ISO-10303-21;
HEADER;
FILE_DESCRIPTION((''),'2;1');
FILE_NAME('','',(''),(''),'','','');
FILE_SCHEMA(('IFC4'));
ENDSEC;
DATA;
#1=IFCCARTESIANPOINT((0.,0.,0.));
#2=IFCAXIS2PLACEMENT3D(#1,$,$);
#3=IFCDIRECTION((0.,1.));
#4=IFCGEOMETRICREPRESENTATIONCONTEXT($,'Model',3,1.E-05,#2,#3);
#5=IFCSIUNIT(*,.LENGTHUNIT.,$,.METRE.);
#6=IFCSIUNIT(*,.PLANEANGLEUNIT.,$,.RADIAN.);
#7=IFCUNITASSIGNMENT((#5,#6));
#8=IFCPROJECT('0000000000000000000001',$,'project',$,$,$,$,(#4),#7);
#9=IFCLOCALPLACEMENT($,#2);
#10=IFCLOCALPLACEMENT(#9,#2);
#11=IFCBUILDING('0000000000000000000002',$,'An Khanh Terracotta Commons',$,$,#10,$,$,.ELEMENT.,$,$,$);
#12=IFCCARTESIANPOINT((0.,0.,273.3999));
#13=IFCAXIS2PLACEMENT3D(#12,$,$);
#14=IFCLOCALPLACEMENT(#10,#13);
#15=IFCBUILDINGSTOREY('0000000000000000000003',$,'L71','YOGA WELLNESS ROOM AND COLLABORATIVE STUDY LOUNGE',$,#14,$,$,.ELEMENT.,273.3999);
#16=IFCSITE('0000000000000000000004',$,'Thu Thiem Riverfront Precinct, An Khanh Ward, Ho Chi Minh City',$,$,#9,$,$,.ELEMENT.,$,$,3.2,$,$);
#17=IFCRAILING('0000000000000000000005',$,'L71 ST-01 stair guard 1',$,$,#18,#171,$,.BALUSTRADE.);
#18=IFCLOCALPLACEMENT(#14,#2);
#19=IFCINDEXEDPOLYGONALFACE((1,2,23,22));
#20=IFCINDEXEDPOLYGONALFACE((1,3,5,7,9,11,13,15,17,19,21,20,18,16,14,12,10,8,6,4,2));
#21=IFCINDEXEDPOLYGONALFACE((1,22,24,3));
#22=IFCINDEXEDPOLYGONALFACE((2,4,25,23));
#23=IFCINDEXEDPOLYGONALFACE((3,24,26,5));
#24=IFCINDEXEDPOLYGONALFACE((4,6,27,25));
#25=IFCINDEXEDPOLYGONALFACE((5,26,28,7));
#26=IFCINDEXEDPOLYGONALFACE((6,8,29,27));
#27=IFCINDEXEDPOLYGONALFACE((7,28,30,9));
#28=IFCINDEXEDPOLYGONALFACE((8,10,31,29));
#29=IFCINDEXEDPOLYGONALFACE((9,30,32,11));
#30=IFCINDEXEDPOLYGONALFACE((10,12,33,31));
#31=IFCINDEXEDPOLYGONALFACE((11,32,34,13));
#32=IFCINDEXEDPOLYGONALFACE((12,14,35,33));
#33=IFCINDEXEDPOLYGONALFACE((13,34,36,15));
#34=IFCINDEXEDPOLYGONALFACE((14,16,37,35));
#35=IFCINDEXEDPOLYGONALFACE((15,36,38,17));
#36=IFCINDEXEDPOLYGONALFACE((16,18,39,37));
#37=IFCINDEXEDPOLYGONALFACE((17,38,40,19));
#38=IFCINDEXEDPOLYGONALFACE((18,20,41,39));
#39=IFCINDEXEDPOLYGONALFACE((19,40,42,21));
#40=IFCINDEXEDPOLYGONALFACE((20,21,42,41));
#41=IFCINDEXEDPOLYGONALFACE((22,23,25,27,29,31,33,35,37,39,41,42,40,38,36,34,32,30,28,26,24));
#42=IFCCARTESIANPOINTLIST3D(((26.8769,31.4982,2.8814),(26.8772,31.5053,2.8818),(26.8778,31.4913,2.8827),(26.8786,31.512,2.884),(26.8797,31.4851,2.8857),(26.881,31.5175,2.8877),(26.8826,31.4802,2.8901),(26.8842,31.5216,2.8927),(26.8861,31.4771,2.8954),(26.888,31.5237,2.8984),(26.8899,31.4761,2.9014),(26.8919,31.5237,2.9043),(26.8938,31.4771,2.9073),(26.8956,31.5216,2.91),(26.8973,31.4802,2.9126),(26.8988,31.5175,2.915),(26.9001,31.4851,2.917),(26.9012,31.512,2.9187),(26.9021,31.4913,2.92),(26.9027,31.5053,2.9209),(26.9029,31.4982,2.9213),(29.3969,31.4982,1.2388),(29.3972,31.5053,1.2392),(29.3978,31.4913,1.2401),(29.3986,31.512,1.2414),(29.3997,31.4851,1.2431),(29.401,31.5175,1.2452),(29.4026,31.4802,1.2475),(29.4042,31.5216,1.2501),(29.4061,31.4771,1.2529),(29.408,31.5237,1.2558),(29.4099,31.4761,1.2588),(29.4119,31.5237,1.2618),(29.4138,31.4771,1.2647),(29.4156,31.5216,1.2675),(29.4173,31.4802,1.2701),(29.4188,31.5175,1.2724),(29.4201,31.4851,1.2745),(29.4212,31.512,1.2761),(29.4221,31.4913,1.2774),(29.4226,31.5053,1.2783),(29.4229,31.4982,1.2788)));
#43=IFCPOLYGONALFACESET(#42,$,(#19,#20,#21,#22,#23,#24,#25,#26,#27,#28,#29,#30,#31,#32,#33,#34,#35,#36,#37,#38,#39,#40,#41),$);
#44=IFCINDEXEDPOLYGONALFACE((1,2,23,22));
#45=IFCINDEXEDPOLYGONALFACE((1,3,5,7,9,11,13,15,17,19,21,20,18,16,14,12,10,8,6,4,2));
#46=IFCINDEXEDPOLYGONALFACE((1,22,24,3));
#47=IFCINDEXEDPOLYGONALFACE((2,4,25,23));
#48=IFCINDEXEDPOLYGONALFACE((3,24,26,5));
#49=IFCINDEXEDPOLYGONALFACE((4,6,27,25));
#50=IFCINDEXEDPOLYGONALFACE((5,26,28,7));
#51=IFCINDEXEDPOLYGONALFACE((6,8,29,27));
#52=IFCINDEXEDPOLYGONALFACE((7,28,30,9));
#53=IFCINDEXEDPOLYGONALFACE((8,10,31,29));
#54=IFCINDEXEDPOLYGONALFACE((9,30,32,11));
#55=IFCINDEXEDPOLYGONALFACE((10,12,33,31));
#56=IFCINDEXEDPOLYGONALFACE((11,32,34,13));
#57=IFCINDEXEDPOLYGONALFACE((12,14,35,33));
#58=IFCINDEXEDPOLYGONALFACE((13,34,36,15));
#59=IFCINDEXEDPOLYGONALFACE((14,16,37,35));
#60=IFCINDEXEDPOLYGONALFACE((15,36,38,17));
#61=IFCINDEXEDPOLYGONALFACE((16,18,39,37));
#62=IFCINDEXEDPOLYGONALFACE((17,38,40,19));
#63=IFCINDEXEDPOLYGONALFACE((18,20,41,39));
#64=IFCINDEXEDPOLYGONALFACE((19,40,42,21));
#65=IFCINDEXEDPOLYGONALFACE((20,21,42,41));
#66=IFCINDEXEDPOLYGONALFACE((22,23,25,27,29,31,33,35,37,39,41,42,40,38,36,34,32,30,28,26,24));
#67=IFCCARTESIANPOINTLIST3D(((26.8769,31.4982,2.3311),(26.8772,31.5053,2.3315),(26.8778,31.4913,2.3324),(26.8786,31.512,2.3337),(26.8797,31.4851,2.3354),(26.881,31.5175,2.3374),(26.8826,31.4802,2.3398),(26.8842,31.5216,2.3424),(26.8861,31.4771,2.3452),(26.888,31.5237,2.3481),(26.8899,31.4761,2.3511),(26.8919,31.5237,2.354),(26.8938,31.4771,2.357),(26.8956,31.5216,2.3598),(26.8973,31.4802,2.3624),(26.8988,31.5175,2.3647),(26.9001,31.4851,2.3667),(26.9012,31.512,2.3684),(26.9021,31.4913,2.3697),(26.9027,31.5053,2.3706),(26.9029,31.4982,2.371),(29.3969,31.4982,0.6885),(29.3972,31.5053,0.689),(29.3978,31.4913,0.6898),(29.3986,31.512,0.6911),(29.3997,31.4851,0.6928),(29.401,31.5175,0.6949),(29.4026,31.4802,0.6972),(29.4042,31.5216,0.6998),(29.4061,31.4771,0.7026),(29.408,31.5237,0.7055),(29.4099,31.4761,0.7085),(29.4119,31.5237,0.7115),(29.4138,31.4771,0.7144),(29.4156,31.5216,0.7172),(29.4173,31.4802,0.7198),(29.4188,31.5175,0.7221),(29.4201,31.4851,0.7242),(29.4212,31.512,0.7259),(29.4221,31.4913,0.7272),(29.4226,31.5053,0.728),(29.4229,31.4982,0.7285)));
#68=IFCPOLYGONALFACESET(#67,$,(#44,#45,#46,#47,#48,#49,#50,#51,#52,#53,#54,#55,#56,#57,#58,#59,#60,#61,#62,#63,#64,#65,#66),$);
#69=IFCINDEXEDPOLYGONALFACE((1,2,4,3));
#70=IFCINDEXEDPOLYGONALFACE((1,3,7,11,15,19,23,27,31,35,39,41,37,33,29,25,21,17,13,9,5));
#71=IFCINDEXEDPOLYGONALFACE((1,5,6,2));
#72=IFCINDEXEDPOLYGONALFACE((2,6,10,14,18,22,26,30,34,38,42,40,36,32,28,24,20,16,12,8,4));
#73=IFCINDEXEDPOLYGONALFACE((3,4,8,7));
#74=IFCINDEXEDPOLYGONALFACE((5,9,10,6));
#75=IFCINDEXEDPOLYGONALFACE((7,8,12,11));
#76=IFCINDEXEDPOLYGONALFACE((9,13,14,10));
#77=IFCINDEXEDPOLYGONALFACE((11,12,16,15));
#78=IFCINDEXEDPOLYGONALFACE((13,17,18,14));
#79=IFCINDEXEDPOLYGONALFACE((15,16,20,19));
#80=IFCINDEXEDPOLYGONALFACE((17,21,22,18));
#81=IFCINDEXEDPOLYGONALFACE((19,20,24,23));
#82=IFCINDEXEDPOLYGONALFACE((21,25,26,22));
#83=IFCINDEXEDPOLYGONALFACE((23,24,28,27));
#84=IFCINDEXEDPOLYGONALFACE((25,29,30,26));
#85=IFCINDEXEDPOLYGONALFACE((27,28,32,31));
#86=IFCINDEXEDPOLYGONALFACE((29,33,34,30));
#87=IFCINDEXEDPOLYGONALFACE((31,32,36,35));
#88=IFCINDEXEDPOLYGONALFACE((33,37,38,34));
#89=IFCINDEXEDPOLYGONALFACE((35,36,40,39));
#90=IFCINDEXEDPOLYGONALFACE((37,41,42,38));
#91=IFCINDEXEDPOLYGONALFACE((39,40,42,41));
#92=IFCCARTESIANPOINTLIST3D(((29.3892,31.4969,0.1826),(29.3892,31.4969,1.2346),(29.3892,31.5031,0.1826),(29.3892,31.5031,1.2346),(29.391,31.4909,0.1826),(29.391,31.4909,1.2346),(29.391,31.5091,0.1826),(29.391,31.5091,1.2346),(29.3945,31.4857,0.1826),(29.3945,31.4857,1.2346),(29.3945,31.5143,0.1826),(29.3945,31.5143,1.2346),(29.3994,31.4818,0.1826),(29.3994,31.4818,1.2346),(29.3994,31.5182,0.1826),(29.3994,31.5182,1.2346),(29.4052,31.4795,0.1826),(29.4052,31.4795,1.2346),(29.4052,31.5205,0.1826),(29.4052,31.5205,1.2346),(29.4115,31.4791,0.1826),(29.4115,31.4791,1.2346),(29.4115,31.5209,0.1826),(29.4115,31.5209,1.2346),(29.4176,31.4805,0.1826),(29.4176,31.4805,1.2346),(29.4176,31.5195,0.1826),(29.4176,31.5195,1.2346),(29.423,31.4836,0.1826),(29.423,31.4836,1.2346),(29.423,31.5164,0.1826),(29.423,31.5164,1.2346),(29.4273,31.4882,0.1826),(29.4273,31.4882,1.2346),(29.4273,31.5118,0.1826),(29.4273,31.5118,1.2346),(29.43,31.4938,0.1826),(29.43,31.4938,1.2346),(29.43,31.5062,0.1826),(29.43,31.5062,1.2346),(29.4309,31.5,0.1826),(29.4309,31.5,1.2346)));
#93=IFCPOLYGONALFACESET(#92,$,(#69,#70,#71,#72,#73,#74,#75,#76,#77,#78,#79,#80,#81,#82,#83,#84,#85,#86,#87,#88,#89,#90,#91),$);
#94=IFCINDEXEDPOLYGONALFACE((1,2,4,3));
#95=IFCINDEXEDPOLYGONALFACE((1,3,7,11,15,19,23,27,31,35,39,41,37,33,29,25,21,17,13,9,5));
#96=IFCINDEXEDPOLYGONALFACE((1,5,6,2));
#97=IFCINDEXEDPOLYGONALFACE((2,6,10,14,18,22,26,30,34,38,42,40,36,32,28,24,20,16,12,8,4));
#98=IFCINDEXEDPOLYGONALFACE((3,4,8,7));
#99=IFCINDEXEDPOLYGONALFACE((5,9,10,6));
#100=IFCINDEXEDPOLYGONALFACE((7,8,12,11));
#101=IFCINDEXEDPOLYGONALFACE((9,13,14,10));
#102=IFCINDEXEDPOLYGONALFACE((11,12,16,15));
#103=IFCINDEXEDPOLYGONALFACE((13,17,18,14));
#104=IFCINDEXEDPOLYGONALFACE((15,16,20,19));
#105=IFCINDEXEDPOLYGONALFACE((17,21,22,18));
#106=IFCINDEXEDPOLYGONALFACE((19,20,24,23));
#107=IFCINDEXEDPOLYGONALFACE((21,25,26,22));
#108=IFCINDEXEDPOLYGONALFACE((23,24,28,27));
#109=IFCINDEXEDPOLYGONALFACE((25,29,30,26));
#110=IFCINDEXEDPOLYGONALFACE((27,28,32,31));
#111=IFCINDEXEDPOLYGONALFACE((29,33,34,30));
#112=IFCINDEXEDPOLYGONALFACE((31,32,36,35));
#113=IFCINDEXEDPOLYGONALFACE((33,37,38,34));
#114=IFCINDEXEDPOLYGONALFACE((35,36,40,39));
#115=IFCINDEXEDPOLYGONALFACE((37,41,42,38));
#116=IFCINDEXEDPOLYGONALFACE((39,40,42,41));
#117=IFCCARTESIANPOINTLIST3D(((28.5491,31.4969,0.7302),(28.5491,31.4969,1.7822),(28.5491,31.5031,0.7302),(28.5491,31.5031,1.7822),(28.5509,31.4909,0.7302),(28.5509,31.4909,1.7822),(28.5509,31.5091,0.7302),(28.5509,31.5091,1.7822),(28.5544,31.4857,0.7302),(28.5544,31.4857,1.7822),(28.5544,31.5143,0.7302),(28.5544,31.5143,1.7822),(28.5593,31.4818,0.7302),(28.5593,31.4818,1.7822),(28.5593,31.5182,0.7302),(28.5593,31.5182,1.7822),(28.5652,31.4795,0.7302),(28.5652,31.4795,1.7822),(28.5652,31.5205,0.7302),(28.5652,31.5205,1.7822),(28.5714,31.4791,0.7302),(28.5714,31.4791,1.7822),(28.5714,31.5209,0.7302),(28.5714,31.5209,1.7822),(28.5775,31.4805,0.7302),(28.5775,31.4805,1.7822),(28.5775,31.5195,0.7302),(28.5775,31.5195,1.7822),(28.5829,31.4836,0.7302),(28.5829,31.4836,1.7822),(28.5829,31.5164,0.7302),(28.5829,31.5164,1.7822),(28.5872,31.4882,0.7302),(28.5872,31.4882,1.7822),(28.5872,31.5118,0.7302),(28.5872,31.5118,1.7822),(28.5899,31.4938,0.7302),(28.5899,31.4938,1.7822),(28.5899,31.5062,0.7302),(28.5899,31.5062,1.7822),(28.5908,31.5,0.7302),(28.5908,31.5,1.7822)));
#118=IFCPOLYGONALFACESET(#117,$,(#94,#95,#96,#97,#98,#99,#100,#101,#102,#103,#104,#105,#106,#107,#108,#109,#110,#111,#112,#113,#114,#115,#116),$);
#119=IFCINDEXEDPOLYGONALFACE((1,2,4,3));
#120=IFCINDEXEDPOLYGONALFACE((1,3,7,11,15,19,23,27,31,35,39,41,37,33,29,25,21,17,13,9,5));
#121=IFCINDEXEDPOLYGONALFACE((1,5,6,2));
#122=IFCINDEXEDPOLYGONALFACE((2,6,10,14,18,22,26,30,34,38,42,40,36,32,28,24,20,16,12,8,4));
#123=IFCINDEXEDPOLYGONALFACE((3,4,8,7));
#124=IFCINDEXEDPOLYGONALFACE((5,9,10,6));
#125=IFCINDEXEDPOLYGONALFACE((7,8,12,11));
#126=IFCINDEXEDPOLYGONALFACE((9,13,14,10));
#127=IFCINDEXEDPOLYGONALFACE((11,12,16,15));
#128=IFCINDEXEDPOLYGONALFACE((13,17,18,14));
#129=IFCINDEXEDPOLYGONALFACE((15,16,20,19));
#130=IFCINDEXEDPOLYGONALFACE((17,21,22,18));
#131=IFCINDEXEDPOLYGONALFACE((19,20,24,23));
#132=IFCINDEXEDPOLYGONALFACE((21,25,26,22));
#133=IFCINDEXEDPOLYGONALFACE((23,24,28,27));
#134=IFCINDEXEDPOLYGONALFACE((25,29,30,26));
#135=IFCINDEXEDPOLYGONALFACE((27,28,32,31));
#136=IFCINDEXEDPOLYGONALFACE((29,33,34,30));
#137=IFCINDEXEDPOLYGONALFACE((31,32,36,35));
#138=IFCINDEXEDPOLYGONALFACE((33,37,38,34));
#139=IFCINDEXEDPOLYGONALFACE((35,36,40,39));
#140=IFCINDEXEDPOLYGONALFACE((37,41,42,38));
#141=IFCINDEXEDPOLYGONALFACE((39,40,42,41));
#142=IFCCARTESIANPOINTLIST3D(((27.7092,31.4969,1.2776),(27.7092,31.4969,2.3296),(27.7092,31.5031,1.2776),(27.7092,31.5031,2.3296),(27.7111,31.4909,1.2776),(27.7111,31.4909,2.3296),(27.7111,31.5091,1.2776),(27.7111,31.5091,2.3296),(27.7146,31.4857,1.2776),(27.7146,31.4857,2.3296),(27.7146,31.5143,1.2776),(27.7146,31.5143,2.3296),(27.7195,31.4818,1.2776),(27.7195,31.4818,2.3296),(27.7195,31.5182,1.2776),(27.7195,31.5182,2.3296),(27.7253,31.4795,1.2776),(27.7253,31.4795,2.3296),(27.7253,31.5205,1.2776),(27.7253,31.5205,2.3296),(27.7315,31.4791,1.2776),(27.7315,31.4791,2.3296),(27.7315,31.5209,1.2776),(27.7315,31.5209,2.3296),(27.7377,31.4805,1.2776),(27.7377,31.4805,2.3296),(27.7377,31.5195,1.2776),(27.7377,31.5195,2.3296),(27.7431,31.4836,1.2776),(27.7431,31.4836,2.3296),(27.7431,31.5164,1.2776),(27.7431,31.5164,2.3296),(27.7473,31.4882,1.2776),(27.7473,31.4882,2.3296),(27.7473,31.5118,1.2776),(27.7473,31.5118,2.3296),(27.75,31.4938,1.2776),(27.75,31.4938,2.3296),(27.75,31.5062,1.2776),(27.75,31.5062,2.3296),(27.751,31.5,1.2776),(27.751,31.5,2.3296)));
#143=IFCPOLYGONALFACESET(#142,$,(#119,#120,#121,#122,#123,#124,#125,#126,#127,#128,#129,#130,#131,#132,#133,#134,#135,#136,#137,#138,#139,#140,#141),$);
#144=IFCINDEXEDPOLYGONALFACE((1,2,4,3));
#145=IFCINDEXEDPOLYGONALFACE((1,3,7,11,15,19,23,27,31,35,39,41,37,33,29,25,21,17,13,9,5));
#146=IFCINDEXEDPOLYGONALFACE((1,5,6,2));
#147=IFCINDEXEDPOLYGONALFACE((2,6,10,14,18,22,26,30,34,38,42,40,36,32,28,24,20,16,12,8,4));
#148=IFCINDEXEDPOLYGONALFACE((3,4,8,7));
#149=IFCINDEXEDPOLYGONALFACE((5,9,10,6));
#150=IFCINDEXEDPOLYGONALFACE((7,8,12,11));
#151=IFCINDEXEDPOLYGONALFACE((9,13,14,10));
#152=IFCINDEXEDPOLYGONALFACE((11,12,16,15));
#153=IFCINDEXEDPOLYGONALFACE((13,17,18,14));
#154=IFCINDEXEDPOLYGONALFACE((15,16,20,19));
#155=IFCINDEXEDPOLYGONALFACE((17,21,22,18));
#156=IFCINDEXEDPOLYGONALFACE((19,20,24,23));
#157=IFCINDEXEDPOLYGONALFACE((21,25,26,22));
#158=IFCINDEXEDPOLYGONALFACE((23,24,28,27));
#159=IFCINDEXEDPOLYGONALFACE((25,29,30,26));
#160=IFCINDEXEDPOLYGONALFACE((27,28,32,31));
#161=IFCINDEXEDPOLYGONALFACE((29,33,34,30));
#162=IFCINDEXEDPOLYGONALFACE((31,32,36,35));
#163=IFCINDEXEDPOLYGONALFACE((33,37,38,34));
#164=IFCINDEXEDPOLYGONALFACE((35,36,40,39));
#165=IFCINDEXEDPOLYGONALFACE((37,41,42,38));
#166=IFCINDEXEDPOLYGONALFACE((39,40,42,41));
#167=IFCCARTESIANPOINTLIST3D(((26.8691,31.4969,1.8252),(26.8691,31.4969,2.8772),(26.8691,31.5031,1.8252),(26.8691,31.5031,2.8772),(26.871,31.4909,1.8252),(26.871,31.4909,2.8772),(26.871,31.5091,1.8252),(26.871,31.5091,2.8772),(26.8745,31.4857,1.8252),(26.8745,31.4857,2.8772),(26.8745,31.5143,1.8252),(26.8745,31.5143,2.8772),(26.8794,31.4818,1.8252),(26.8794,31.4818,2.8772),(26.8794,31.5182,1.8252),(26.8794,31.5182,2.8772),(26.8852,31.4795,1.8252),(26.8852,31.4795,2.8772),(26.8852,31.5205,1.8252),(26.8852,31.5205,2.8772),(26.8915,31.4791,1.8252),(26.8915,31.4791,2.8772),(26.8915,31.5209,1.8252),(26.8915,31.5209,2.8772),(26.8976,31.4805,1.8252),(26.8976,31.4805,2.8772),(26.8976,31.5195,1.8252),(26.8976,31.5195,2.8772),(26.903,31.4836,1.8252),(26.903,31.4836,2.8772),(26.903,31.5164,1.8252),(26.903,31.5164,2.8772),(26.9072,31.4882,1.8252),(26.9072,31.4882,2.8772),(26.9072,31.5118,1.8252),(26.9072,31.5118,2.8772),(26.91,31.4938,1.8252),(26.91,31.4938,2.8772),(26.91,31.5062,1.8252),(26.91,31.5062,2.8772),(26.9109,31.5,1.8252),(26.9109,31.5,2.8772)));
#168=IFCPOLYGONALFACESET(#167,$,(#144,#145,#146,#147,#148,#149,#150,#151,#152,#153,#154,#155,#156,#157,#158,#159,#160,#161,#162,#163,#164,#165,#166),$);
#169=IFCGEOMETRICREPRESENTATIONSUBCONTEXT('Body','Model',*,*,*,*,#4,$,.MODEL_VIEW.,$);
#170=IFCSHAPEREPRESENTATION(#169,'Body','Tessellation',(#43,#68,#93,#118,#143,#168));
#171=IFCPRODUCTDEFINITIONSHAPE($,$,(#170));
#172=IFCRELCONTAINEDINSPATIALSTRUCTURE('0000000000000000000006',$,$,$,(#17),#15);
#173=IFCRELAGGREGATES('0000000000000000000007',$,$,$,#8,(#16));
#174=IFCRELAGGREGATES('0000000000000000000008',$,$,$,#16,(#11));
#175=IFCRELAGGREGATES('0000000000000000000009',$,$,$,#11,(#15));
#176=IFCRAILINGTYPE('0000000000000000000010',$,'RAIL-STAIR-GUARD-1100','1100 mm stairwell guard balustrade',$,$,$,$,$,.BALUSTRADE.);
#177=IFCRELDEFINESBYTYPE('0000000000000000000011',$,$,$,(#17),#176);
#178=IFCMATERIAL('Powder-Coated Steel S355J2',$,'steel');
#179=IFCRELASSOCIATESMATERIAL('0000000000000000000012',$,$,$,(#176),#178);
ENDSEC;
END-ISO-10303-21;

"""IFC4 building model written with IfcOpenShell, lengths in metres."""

from ifc_helpers import new_model, si_unit, direction, frame, origin, origin_2d, place, context, subcontext, project, spatial, circle, extrude, material, type_object, element, save


model = new_model("IFC4")

# Units and contexts
model_context = context("Model", 3, precision=1e-05, world=origin(), true_north=direction((0.0, 1.0)))
body_context = subcontext(model_context, "Body", "Model", "MODEL_VIEW")
ifc_project = project(units=[si_unit("LENGTHUNIT", "METRE"), si_unit("PLANEANGLEUNIT", "RADIAN")], contexts=[model_context])

# Site, building, storey
site_placement = place(None, origin())
site = spatial("IfcSite", under=ifc_project, at=site_placement, Name="Thu Thiem Riverfront Precinct, An Khanh Ward, Ho Chi Minh City", CompositionType="ELEMENT", RefElevation=3.2)
building_placement = place(site_placement, origin())
building = spatial("IfcBuilding", under=site, at=building_placement, Name="An Khanh Terracotta Commons", CompositionType="ELEMENT")
storey_placement = place(building_placement, frame((0.0, 0.0, 273.3999)))
storey = spatial("IfcBuildingStorey", under=building, at=storey_placement, Name="L71", Description="YOGA WELLNESS ROOM AND COLLABORATIVE STUDY LOUNGE", CompositionType="ELEMENT", Elevation=273.3999)

# Railing
ifc_material_1 = material(Name="Powder-Coated Steel S355J2", Category="steel")
railing_type_1 = type_object("IfcRailingType", Name="RAIL-STAIR-GUARD-1100", Description="1100 mm stairwell guard balustrade", PredefinedType="BALUSTRADE", material=ifc_material_1)
railing_1_placement = place(storey_placement, frame((29.4099, 31.5, 0.1826)))
element("IfcRailing", 1, at=railing_1_placement, inside=storey, type_object=railing_type_1, Name="L71 ST-01 stair guard 1", PredefinedType="BALUSTRADE", context=body_context, shape_type="SweptSolid", body=[
    extrude(circle(Radius=0.0239, at=origin_2d()), frame((0.0, 0.0, 1.0762), z_axis=(-0.837749, 0.0, 0.546055), x_axis=(0.0, -1.0, 0.0)), (0.0, 0.0, 1.0), 3.0081),
    extrude(circle(Radius=0.0239, at=origin_2d()), frame((0.0, 0.0, 0.5259), z_axis=(-0.837749, 0.0, 0.546055), x_axis=(0.0, -1.0, 0.0)), (0.0, 0.0, 1.0), 3.0081),
    extrude(circle(Radius=0.021, at=origin_2d()), origin(), (0.0, 0.0, 1.0), 1.052),
    extrude(circle(Radius=0.021, at=origin_2d()), frame((-0.8401, 0.0, 0.5476)), (0.0, 0.0, 1.0), 1.052),
    extrude(circle(Radius=0.021, at=origin_2d()), frame((-1.6799, 0.0, 1.095)), (0.0, 0.0, 1.0), 1.052),
    extrude(circle(Radius=0.021, at=origin_2d()), frame((-2.52, 0.0, 1.6426)), (0.0, 0.0, 1.0), 1.052),
])

save(model, "model.ifc")
